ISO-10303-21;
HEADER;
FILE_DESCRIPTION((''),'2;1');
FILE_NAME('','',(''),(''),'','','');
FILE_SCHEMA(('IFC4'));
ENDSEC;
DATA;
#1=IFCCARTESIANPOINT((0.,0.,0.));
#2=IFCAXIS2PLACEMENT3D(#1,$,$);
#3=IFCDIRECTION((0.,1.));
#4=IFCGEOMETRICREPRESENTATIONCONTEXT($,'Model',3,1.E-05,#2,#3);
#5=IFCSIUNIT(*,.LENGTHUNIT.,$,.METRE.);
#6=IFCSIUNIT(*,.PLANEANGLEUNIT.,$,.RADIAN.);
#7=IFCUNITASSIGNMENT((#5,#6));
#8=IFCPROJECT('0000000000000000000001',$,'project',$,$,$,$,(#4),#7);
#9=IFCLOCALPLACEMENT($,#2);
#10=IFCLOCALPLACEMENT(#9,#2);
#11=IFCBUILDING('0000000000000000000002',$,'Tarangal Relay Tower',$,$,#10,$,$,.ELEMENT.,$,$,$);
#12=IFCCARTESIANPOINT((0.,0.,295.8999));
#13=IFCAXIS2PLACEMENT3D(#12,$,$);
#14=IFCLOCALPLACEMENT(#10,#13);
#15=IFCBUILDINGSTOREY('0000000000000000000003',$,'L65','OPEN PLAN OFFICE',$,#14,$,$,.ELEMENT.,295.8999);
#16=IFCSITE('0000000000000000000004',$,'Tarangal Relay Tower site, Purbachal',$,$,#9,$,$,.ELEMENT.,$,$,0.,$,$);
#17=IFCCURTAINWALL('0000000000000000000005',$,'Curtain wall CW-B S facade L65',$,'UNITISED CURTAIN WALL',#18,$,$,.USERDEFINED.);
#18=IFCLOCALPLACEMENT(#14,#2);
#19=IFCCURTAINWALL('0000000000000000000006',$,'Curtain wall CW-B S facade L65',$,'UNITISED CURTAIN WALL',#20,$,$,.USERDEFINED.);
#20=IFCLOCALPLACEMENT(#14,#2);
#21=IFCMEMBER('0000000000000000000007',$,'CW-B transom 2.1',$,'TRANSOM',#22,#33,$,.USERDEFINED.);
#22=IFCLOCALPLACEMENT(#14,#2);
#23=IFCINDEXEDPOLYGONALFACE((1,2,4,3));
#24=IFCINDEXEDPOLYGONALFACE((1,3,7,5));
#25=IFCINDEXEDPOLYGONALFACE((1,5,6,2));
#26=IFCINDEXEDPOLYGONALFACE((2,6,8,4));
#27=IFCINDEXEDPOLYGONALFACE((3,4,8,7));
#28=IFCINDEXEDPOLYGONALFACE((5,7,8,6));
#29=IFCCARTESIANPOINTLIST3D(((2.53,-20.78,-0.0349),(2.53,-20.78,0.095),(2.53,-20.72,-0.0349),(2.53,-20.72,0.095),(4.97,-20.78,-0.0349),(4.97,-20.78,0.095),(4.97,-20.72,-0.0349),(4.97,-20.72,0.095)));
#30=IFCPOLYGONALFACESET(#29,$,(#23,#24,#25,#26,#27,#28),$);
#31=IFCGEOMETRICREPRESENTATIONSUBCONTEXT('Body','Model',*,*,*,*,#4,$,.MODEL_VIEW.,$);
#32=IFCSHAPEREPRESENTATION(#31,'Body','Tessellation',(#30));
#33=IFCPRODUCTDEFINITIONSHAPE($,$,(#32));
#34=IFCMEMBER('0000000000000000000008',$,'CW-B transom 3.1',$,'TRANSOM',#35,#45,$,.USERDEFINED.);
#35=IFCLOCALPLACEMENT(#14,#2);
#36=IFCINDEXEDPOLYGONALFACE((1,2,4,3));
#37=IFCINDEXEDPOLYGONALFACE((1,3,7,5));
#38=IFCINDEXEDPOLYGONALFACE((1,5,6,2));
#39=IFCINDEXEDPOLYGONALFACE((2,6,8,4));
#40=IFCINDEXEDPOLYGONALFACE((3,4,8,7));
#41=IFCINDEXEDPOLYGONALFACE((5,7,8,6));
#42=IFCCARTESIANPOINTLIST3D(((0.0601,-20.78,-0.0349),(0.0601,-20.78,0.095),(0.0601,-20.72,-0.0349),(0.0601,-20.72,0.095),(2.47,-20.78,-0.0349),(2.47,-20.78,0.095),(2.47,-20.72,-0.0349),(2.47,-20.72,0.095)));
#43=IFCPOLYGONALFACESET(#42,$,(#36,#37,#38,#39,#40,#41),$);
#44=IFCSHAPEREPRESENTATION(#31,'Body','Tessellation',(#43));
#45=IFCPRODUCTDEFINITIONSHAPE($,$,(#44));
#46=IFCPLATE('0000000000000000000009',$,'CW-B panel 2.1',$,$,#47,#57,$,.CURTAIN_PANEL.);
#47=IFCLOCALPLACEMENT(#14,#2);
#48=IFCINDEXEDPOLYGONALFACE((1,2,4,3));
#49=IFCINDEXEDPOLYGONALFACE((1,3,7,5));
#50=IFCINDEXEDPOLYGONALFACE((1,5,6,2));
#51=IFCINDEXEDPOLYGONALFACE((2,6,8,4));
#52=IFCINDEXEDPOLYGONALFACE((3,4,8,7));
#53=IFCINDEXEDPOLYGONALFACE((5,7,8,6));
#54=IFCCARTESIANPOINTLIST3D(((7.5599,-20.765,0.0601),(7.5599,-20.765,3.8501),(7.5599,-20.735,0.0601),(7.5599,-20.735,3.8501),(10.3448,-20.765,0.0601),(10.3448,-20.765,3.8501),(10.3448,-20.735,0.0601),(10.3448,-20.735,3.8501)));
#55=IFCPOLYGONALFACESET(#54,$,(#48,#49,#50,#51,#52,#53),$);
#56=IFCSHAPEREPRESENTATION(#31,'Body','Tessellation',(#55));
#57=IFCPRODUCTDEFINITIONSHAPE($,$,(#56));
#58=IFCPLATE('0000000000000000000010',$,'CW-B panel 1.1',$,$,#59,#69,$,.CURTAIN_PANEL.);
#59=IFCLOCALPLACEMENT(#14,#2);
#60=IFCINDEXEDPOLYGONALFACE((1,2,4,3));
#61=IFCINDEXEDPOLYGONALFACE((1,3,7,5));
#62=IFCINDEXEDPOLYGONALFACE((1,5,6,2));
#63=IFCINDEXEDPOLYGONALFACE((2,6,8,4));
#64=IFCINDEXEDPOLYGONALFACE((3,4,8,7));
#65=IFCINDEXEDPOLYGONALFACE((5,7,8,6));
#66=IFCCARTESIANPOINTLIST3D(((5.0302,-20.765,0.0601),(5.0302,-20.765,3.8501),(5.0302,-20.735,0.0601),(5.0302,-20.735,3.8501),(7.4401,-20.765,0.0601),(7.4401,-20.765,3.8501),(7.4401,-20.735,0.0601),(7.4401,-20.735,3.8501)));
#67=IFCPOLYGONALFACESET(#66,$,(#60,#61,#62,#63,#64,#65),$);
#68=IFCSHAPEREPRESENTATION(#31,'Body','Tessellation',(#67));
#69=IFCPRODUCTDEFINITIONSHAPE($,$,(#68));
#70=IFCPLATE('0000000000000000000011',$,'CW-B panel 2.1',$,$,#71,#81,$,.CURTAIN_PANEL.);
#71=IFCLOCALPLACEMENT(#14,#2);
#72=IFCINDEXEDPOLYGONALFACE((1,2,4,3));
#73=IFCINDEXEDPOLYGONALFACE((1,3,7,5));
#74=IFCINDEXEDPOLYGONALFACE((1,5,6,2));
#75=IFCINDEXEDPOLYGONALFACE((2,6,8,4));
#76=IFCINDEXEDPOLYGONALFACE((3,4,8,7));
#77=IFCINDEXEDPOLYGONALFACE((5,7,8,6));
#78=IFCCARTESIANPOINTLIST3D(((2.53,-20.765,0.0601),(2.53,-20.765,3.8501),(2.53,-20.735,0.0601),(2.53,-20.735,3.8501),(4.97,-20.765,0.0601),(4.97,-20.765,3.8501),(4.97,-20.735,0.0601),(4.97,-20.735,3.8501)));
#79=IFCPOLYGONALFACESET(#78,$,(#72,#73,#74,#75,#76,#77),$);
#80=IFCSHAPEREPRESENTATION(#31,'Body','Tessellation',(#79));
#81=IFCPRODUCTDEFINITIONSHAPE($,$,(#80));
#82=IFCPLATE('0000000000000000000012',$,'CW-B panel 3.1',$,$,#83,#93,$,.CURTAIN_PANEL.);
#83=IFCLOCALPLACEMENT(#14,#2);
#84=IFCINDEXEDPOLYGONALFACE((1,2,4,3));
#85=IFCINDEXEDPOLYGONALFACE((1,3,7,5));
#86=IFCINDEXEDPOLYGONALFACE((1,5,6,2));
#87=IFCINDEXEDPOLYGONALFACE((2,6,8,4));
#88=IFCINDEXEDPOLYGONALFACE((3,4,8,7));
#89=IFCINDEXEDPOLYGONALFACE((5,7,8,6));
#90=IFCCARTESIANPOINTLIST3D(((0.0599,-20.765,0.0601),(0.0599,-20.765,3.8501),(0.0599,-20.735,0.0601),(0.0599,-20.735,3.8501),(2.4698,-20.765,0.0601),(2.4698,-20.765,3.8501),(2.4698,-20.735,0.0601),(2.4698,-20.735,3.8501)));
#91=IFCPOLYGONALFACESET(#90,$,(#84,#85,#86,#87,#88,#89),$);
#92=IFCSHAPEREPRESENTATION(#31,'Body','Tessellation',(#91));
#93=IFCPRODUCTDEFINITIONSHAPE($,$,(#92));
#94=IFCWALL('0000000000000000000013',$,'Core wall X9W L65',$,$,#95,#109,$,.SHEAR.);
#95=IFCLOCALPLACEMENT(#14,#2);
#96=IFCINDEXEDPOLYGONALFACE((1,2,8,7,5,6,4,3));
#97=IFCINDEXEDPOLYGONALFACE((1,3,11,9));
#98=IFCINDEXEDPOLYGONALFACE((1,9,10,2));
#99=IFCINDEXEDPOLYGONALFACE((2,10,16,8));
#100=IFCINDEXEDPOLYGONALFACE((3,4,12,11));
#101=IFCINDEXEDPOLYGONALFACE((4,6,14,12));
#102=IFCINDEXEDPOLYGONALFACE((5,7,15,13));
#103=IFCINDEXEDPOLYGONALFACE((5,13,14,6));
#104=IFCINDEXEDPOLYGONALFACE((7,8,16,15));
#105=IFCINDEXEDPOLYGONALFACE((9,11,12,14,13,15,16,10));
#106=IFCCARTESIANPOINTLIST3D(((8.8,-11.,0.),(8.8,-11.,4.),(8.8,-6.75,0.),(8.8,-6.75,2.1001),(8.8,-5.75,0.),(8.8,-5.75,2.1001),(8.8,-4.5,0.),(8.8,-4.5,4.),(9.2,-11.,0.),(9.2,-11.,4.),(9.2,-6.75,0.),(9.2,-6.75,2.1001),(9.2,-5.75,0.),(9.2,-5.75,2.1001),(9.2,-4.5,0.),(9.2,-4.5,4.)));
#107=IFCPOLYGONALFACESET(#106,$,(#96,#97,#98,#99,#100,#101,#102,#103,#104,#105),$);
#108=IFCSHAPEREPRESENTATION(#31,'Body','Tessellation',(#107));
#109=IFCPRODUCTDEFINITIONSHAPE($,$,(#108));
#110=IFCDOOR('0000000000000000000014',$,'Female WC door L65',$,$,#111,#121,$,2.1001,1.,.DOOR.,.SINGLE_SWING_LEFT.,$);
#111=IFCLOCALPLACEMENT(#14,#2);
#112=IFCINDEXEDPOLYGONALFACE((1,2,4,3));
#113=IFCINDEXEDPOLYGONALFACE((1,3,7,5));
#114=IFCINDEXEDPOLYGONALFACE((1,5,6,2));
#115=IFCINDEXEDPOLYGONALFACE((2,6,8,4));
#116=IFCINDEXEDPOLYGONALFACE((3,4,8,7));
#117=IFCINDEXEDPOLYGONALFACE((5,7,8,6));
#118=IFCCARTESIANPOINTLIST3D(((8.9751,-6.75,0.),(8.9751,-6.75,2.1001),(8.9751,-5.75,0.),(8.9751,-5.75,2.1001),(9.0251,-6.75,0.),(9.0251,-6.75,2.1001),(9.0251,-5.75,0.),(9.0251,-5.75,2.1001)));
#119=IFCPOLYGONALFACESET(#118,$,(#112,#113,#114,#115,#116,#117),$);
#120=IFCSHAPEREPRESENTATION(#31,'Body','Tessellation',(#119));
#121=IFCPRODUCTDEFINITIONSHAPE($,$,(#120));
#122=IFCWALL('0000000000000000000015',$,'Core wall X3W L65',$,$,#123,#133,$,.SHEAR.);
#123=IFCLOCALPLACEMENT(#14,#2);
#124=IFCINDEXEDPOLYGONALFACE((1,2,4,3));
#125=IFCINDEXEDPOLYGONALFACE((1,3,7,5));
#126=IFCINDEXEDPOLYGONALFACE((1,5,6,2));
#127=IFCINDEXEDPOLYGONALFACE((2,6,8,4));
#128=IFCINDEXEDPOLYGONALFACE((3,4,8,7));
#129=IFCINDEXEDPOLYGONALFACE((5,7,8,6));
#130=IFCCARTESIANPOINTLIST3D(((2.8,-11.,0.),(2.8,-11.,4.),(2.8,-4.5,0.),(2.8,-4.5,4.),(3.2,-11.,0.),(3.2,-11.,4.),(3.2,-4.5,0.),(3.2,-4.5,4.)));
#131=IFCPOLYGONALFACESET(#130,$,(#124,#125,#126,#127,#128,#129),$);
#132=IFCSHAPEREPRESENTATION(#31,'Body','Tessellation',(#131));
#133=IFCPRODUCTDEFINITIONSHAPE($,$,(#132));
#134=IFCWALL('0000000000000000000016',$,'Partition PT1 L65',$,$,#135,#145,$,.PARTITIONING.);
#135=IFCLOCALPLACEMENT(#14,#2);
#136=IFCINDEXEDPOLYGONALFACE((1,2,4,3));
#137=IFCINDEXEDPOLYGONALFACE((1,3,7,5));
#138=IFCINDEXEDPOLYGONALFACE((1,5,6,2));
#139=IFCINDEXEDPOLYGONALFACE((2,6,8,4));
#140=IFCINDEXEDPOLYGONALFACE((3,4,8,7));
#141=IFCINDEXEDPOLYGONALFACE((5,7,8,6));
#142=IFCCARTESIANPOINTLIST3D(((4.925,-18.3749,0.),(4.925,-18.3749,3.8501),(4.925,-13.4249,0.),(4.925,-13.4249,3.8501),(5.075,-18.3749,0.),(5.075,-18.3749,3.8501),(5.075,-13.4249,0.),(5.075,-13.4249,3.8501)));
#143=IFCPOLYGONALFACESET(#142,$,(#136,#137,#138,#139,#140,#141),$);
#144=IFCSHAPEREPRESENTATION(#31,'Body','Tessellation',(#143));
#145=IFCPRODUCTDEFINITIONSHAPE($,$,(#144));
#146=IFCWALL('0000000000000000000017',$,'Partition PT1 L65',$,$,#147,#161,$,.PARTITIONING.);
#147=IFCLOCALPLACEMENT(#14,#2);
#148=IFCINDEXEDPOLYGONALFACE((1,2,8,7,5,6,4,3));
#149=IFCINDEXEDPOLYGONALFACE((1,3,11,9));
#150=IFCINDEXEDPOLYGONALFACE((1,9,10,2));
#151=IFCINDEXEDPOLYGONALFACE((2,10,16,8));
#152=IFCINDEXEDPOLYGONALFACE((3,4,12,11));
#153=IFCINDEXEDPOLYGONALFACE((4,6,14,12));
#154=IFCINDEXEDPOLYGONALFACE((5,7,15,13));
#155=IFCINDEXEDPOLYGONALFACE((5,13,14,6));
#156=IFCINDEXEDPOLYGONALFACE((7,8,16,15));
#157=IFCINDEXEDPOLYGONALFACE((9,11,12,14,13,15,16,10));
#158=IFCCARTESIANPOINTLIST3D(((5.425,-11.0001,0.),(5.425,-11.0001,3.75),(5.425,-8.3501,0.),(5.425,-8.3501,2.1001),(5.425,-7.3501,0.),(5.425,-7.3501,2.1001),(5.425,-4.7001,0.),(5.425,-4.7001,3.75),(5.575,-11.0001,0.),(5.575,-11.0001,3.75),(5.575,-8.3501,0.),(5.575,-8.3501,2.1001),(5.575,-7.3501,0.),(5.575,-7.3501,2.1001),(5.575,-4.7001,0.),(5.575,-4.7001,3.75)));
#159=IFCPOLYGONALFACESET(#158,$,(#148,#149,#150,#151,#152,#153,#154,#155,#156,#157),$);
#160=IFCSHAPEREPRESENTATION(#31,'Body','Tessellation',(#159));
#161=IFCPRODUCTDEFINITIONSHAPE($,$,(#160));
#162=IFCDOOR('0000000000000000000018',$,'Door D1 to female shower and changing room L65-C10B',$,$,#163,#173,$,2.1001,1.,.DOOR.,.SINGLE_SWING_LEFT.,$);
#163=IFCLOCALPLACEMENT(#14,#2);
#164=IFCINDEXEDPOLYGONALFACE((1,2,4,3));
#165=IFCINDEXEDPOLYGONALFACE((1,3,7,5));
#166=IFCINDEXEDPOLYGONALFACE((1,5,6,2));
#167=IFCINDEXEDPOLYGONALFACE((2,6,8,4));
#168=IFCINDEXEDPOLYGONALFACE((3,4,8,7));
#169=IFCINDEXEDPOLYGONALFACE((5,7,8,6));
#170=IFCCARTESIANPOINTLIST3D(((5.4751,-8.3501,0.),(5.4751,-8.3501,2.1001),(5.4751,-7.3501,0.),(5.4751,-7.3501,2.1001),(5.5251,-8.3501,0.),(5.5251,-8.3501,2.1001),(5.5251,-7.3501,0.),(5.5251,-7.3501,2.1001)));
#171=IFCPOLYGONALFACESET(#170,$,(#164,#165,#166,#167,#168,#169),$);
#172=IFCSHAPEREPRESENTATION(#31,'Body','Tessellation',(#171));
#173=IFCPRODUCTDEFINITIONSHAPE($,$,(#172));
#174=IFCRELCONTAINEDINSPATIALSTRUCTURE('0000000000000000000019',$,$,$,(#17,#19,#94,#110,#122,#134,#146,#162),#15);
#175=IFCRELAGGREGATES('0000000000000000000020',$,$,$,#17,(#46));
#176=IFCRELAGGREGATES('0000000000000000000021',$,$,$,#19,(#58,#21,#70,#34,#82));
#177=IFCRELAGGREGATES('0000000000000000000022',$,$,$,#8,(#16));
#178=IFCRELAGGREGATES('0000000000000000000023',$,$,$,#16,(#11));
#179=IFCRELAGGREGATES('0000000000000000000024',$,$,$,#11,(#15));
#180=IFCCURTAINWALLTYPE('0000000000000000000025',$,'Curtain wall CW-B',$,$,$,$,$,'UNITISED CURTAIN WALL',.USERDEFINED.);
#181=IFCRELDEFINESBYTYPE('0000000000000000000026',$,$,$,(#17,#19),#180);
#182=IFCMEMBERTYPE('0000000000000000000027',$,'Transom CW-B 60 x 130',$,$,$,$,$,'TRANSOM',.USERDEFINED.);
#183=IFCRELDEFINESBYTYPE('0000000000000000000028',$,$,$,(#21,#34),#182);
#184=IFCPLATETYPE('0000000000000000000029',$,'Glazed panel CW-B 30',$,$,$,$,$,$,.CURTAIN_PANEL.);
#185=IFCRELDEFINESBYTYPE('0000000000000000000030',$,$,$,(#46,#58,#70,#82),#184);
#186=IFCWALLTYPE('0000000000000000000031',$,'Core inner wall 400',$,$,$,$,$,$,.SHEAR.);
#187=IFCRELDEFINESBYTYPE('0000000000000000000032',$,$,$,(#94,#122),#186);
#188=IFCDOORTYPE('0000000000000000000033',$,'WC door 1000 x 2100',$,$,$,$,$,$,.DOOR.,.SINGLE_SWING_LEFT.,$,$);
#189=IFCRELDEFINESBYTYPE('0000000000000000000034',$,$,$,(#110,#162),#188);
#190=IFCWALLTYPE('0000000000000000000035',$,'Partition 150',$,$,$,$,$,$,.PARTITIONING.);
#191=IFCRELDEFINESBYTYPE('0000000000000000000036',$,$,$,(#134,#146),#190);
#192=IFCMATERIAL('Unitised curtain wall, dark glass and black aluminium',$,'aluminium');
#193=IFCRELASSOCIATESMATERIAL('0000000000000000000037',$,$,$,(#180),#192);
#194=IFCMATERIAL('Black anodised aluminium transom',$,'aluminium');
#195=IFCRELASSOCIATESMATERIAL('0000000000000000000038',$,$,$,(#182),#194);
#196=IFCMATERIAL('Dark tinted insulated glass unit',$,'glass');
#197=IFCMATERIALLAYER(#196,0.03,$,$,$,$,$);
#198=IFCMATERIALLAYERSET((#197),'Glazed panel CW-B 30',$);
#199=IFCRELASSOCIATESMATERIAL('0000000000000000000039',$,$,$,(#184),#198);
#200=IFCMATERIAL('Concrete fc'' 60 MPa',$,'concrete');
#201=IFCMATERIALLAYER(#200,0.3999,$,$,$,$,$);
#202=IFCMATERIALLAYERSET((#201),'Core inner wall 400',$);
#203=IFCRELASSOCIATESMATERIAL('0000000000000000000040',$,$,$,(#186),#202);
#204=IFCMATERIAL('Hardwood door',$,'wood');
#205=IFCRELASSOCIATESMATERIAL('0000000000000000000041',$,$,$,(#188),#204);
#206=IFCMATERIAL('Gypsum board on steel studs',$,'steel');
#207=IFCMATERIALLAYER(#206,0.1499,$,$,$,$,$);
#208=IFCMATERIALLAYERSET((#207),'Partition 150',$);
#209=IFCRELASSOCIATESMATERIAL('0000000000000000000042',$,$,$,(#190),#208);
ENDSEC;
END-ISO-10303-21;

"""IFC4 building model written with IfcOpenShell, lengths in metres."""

from ifc_helpers import new_model, si_unit, direction, frame, frame_2d, origin, origin_2d, place, context, subcontext, project, spatial, rectangle, extrude, material, layer, layer_set, material_profile, profile_set, type_object, element, fill, aggregate, save


model = new_model("IFC4")

# Units and contexts
model_context = context("Model", 3, precision=1e-05, world=origin(), true_north=direction((0.0, 1.0)))
body_context = subcontext(model_context, "Body", "Model", "MODEL_VIEW")
ifc_project = project(units=[si_unit("LENGTHUNIT", "METRE"), si_unit("PLANEANGLEUNIT", "RADIAN")], contexts=[model_context])

# Site, building, storey
site_placement = place(None, origin())
site = spatial("IfcSite", under=ifc_project, at=site_placement, Name="Tarangal Relay Tower site, Purbachal", CompositionType="ELEMENT", RefElevation=0.0)
building_placement = place(site_placement, origin())
building = spatial("IfcBuilding", under=site, at=building_placement, Name="Tarangal Relay Tower", CompositionType="ELEMENT")
storey_placement = place(building_placement, frame((0.0, 0.0, 295.8999)))
storey = spatial("IfcBuildingStorey", under=building, at=storey_placement, Name="L65", Description="OPEN PLAN OFFICE", CompositionType="ELEMENT", Elevation=295.8999)

# Curtain walls
ifc_material_1 = material(Name="Unitised curtain wall, dark glass and black aluminium", Category="aluminium")
curtain_wall_type = type_object("IfcCurtainWallType", Name="Curtain wall CW-B", ElementType="UNITISED CURTAIN WALL", PredefinedType="USERDEFINED", material=ifc_material_1)
curtain_wall_1_placement = place(storey_placement, origin())
curtain_wall_1 = element("IfcCurtainWall", 1, at=curtain_wall_1_placement, inside=storey, type_object=curtain_wall_type, Name="Curtain wall CW-B S facade L65", ObjectType="UNITISED CURTAIN WALL", PredefinedType="USERDEFINED")
curtain_wall_2_placement = place(storey_placement, origin())
curtain_wall_2 = element("IfcCurtainWall", 2, at=curtain_wall_2_placement, inside=storey, type_object=curtain_wall_type, Name="Curtain wall CW-B S facade L65", ObjectType="UNITISED CURTAIN WALL", PredefinedType="USERDEFINED")

# Members
ifc_material_2 = material(Name="Black anodised aluminium transom", Category="aluminium")
ifc_material_profile_1 = material_profile(ifc_material_2, rectangle(XDim=0.0601, YDim=0.1299, at=origin_2d()), Name="CW-BT 60X130")
ifc_profile_set_1 = profile_set([ifc_material_profile_1], Name="Black anodised aluminium transom")
member_type_1 = type_object("IfcMemberType", Name="Transom CW-B 60 x 130", ElementType="TRANSOM", PredefinedType="USERDEFINED", material=ifc_profile_set_1)
member_1_placement = place(storey_placement, frame((4.97, -20.75, 0.03), z_axis=(-1.0, 0.0, 0.0), x_axis=(0.0, -1.0, 0.0)))
member_1 = element("IfcMember", 3, at=member_1_placement, type_object=member_type_1, Name="CW-B transom 2.1", ObjectType="TRANSOM", PredefinedType="USERDEFINED", context=body_context, shape_type="SweptSolid", body=[
    extrude(rectangle(XDim=0.0601, YDim=0.1299, at=origin_2d()), origin(), (0.0, 0.0, 1.0), 2.4399),
])
member_2_placement = place(storey_placement, frame((2.47, -20.75, 0.03), z_axis=(-1.0, 0.0, 0.0), x_axis=(0.0, -1.0, 0.0)))
member_2 = element("IfcMember", 4, at=member_2_placement, type_object=member_type_1, Name="CW-B transom 3.1", ObjectType="TRANSOM", PredefinedType="USERDEFINED", context=body_context, shape_type="SweptSolid", body=[
    extrude(rectangle(XDim=0.0601, YDim=0.1299, at=origin_2d()), origin(), (0.0, 0.0, 1.0), 2.4099),
])

# Plates
ifc_material_3 = material(Name="Dark tinted insulated glass unit", Category="glass")
ifc_layer_1 = layer(ifc_material_3, 0.03)
ifc_layer_set_1 = layer_set([ifc_layer_1], Name="Glazed panel CW-B 30")
plate_type = type_object("IfcPlateType", Name="Glazed panel CW-B 30", PredefinedType="CURTAIN_PANEL", material=ifc_layer_set_1)
plate_1_placement = place(storey_placement, frame((8.9524, -20.75, 0.0601), z_axis=(0.0, 0.0, 1.0), x_axis=(-1.0, 0.0, 0.0)))
plate_1 = element("IfcPlate", 5, at=plate_1_placement, type_object=plate_type, Name="CW-B panel 2.1", PredefinedType="CURTAIN_PANEL", context=body_context, shape_type="SweptSolid", body=[
    extrude(rectangle(XDim=2.7849, YDim=0.03, at=origin_2d()), origin(), (0.0, 0.0, 1.0), 3.79),
])
aggregate(curtain_wall_1, [plate_1])
plate_2_placement = place(storey_placement, frame((6.2351, -20.75, 0.0601), z_axis=(0.0, 0.0, 1.0), x_axis=(-1.0, 0.0, 0.0)))
plate_2 = element("IfcPlate", 6, at=plate_2_placement, type_object=plate_type, Name="CW-B panel 1.1", PredefinedType="CURTAIN_PANEL", context=body_context, shape_type="SweptSolid", body=[
    extrude(rectangle(XDim=2.4099, YDim=0.03, at=origin_2d()), origin(), (0.0, 0.0, 1.0), 3.79),
])
plate_3_placement = place(storey_placement, frame((3.75, -20.75, 0.0601), z_axis=(0.0, 0.0, 1.0), x_axis=(-1.0, 0.0, 0.0)))
plate_3 = element("IfcPlate", 7, at=plate_3_placement, type_object=plate_type, Name="CW-B panel 2.1", PredefinedType="CURTAIN_PANEL", context=body_context, shape_type="SweptSolid", body=[
    extrude(rectangle(XDim=2.4399, YDim=0.03, at=origin_2d()), origin(), (0.0, 0.0, 1.0), 3.79),
])
plate_4_placement = place(storey_placement, frame((1.2649, -20.75, 0.0601), z_axis=(0.0, 0.0, 1.0), x_axis=(-1.0, 0.0, 0.0)))
plate_4 = element("IfcPlate", 8, at=plate_4_placement, type_object=plate_type, Name="CW-B panel 3.1", PredefinedType="CURTAIN_PANEL", context=body_context, shape_type="SweptSolid", body=[
    extrude(rectangle(XDim=2.4099, YDim=0.03, at=origin_2d()), origin(), (0.0, 0.0, 1.0), 3.79),
])
aggregate(curtain_wall_2, [plate_2, member_1, plate_3, member_2, plate_4])

# Wall, opening, door
ifc_material_4 = material(Name="Concrete fc' 60 MPa", Category="concrete")
ifc_layer_2 = layer(ifc_material_4, 0.3999)
ifc_layer_set_2 = layer_set([ifc_layer_2], Name="Core inner wall 400")
wall_type_1 = type_object("IfcWallType", Name="Core inner wall 400", PredefinedType="SHEAR", material=ifc_layer_set_2)
wall_1_placement = place(storey_placement, frame((9.0, -11.0, 0.0), z_axis=(0.0, 0.0, 1.0), x_axis=(0.0, 1.0, 0.0)))
wall_1 = element("IfcWall", 9, at=wall_1_placement, inside=storey, type_object=wall_type_1, Name="Core wall X9W L65", PredefinedType="SHEAR", context=body_context, shape_type="SweptSolid", body=[
    extrude(rectangle(XDim=6.5, YDim=0.3999, at=frame_2d((3.25, 0.0))), origin(), (0.0, 0.0, 1.0), 4.0),
])
opening_1_placement = place(wall_1_placement, frame((4.25, 0.0, 0.0)))
opening_1 = element("IfcOpeningElement", 10, at=opening_1_placement, cuts=wall_1, PredefinedType="OPENING", context=body_context, shape_type="SweptSolid", body=[
    extrude(rectangle(XDim=1.0, YDim=2.1001, at=frame_2d((0.5, 1.05))), frame((0.0, 0.21, 0.0), z_axis=(0.0, -1.0, 0.0), x_axis=(1.0, 0.0, 0.0)), (0.0, 0.0, 1.0), 0.4199),
])
ifc_material_5 = material(Name="Hardwood door", Category="wood")
door_type = type_object("IfcDoorType", Name="WC door 1000 x 2100", OperationType="SINGLE_SWING_LEFT", PredefinedType="DOOR", material=ifc_material_5)
door_1_placement = place(opening_1_placement, origin())
door_1 = element("IfcDoor", 11, at=door_1_placement, inside=storey, type_object=door_type, Name="Female WC door L65", OperationType="SINGLE_SWING_LEFT", OverallHeight=2.1001, OverallWidth=1.0, PredefinedType="DOOR", context=body_context, shape_type="SweptSolid", body=[
    extrude(rectangle(XDim=1.0, YDim=2.1001, at=frame_2d((0.5, 1.05))), frame((0.0, 0.0249, 0.0), z_axis=(0.0, -1.0, 0.0), x_axis=(1.0, 0.0, 0.0)), (0.0, 0.0, 1.0), 0.05),
])
fill(opening_1, door_1)

# Walls
wall_2_placement = place(storey_placement, frame((3.0, -11.0, 0.0), z_axis=(0.0, 0.0, 1.0), x_axis=(0.0, 1.0, 0.0)))
element("IfcWall", 12, at=wall_2_placement, inside=storey, type_object=wall_type_1, Name="Core wall X3W L65", PredefinedType="SHEAR", context=body_context, shape_type="SweptSolid", body=[
    extrude(rectangle(XDim=6.5, YDim=0.3999, at=frame_2d((3.25, 0.0))), origin(), (0.0, 0.0, 1.0), 4.0),
])
ifc_material_6 = material(Name="Gypsum board on steel studs", Category="steel")
ifc_layer_3 = layer(ifc_material_6, 0.1499)
ifc_layer_set_3 = layer_set([ifc_layer_3], Name="Partition 150")
wall_type_2 = type_object("IfcWallType", Name="Partition 150", PredefinedType="PARTITIONING", material=ifc_layer_set_3)
wall_3_placement = place(storey_placement, frame((5.0, -18.375, 0.0), z_axis=(0.0, 0.0, 1.0), x_axis=(0.0, 1.0, 0.0)))
element("IfcWall", 13, at=wall_3_placement, inside=storey, type_object=wall_type_2, Name="Partition PT1 L65", PredefinedType="PARTITIONING", context=body_context, shape_type="SweptSolid", body=[
    extrude(rectangle(XDim=4.95, YDim=0.1499, at=frame_2d((2.4751, 0.0))), origin(), (0.0, 0.0, 1.0), 3.8501),
])

# Wall, opening, door
wall_4_placement = place(storey_placement, frame((5.5, -11.0, 0.0), z_axis=(0.0, 0.0, 1.0), x_axis=(0.0, 1.0, 0.0)))
wall_4 = element("IfcWall", 14, at=wall_4_placement, inside=storey, type_object=wall_type_2, Name="Partition PT1 L65", PredefinedType="PARTITIONING", context=body_context, shape_type="SweptSolid", body=[
    extrude(rectangle(XDim=6.3, YDim=0.1499, at=frame_2d((3.1499, 0.0))), origin(), (0.0, 0.0, 1.0), 3.75),
])
opening_2_placement = place(wall_4_placement, frame((2.6499, 0.0, 0.0)))
opening_2 = element("IfcOpeningElement", 15, at=opening_2_placement, cuts=wall_4, PredefinedType="OPENING", context=body_context, shape_type="SweptSolid", body=[
    extrude(rectangle(XDim=1.0, YDim=2.1001, at=frame_2d((0.5, 1.05))), frame((0.0, 0.085, 0.0), z_axis=(0.0, -1.0, 0.0), x_axis=(1.0, 0.0, 0.0)), (0.0, 0.0, 1.0), 0.1699),
])
door_2_placement = place(opening_2_placement, origin())
door_2 = element("IfcDoor", 16, at=door_2_placement, inside=storey, type_object=door_type, Name="Door D1 to female shower and changing room L65-C10B", OperationType="SINGLE_SWING_LEFT", OverallHeight=2.1001, OverallWidth=1.0, PredefinedType="DOOR", context=body_context, shape_type="SweptSolid", body=[
    extrude(rectangle(XDim=1.0, YDim=2.1001, at=frame_2d((0.5, 1.05))), frame((0.0, 0.0249, 0.0), z_axis=(0.0, -1.0, 0.0), x_axis=(1.0, 0.0, 0.0)), (0.0, 0.0, 1.0), 0.05),
])
fill(opening_2, door_2)

save(model, "model.ifc")
